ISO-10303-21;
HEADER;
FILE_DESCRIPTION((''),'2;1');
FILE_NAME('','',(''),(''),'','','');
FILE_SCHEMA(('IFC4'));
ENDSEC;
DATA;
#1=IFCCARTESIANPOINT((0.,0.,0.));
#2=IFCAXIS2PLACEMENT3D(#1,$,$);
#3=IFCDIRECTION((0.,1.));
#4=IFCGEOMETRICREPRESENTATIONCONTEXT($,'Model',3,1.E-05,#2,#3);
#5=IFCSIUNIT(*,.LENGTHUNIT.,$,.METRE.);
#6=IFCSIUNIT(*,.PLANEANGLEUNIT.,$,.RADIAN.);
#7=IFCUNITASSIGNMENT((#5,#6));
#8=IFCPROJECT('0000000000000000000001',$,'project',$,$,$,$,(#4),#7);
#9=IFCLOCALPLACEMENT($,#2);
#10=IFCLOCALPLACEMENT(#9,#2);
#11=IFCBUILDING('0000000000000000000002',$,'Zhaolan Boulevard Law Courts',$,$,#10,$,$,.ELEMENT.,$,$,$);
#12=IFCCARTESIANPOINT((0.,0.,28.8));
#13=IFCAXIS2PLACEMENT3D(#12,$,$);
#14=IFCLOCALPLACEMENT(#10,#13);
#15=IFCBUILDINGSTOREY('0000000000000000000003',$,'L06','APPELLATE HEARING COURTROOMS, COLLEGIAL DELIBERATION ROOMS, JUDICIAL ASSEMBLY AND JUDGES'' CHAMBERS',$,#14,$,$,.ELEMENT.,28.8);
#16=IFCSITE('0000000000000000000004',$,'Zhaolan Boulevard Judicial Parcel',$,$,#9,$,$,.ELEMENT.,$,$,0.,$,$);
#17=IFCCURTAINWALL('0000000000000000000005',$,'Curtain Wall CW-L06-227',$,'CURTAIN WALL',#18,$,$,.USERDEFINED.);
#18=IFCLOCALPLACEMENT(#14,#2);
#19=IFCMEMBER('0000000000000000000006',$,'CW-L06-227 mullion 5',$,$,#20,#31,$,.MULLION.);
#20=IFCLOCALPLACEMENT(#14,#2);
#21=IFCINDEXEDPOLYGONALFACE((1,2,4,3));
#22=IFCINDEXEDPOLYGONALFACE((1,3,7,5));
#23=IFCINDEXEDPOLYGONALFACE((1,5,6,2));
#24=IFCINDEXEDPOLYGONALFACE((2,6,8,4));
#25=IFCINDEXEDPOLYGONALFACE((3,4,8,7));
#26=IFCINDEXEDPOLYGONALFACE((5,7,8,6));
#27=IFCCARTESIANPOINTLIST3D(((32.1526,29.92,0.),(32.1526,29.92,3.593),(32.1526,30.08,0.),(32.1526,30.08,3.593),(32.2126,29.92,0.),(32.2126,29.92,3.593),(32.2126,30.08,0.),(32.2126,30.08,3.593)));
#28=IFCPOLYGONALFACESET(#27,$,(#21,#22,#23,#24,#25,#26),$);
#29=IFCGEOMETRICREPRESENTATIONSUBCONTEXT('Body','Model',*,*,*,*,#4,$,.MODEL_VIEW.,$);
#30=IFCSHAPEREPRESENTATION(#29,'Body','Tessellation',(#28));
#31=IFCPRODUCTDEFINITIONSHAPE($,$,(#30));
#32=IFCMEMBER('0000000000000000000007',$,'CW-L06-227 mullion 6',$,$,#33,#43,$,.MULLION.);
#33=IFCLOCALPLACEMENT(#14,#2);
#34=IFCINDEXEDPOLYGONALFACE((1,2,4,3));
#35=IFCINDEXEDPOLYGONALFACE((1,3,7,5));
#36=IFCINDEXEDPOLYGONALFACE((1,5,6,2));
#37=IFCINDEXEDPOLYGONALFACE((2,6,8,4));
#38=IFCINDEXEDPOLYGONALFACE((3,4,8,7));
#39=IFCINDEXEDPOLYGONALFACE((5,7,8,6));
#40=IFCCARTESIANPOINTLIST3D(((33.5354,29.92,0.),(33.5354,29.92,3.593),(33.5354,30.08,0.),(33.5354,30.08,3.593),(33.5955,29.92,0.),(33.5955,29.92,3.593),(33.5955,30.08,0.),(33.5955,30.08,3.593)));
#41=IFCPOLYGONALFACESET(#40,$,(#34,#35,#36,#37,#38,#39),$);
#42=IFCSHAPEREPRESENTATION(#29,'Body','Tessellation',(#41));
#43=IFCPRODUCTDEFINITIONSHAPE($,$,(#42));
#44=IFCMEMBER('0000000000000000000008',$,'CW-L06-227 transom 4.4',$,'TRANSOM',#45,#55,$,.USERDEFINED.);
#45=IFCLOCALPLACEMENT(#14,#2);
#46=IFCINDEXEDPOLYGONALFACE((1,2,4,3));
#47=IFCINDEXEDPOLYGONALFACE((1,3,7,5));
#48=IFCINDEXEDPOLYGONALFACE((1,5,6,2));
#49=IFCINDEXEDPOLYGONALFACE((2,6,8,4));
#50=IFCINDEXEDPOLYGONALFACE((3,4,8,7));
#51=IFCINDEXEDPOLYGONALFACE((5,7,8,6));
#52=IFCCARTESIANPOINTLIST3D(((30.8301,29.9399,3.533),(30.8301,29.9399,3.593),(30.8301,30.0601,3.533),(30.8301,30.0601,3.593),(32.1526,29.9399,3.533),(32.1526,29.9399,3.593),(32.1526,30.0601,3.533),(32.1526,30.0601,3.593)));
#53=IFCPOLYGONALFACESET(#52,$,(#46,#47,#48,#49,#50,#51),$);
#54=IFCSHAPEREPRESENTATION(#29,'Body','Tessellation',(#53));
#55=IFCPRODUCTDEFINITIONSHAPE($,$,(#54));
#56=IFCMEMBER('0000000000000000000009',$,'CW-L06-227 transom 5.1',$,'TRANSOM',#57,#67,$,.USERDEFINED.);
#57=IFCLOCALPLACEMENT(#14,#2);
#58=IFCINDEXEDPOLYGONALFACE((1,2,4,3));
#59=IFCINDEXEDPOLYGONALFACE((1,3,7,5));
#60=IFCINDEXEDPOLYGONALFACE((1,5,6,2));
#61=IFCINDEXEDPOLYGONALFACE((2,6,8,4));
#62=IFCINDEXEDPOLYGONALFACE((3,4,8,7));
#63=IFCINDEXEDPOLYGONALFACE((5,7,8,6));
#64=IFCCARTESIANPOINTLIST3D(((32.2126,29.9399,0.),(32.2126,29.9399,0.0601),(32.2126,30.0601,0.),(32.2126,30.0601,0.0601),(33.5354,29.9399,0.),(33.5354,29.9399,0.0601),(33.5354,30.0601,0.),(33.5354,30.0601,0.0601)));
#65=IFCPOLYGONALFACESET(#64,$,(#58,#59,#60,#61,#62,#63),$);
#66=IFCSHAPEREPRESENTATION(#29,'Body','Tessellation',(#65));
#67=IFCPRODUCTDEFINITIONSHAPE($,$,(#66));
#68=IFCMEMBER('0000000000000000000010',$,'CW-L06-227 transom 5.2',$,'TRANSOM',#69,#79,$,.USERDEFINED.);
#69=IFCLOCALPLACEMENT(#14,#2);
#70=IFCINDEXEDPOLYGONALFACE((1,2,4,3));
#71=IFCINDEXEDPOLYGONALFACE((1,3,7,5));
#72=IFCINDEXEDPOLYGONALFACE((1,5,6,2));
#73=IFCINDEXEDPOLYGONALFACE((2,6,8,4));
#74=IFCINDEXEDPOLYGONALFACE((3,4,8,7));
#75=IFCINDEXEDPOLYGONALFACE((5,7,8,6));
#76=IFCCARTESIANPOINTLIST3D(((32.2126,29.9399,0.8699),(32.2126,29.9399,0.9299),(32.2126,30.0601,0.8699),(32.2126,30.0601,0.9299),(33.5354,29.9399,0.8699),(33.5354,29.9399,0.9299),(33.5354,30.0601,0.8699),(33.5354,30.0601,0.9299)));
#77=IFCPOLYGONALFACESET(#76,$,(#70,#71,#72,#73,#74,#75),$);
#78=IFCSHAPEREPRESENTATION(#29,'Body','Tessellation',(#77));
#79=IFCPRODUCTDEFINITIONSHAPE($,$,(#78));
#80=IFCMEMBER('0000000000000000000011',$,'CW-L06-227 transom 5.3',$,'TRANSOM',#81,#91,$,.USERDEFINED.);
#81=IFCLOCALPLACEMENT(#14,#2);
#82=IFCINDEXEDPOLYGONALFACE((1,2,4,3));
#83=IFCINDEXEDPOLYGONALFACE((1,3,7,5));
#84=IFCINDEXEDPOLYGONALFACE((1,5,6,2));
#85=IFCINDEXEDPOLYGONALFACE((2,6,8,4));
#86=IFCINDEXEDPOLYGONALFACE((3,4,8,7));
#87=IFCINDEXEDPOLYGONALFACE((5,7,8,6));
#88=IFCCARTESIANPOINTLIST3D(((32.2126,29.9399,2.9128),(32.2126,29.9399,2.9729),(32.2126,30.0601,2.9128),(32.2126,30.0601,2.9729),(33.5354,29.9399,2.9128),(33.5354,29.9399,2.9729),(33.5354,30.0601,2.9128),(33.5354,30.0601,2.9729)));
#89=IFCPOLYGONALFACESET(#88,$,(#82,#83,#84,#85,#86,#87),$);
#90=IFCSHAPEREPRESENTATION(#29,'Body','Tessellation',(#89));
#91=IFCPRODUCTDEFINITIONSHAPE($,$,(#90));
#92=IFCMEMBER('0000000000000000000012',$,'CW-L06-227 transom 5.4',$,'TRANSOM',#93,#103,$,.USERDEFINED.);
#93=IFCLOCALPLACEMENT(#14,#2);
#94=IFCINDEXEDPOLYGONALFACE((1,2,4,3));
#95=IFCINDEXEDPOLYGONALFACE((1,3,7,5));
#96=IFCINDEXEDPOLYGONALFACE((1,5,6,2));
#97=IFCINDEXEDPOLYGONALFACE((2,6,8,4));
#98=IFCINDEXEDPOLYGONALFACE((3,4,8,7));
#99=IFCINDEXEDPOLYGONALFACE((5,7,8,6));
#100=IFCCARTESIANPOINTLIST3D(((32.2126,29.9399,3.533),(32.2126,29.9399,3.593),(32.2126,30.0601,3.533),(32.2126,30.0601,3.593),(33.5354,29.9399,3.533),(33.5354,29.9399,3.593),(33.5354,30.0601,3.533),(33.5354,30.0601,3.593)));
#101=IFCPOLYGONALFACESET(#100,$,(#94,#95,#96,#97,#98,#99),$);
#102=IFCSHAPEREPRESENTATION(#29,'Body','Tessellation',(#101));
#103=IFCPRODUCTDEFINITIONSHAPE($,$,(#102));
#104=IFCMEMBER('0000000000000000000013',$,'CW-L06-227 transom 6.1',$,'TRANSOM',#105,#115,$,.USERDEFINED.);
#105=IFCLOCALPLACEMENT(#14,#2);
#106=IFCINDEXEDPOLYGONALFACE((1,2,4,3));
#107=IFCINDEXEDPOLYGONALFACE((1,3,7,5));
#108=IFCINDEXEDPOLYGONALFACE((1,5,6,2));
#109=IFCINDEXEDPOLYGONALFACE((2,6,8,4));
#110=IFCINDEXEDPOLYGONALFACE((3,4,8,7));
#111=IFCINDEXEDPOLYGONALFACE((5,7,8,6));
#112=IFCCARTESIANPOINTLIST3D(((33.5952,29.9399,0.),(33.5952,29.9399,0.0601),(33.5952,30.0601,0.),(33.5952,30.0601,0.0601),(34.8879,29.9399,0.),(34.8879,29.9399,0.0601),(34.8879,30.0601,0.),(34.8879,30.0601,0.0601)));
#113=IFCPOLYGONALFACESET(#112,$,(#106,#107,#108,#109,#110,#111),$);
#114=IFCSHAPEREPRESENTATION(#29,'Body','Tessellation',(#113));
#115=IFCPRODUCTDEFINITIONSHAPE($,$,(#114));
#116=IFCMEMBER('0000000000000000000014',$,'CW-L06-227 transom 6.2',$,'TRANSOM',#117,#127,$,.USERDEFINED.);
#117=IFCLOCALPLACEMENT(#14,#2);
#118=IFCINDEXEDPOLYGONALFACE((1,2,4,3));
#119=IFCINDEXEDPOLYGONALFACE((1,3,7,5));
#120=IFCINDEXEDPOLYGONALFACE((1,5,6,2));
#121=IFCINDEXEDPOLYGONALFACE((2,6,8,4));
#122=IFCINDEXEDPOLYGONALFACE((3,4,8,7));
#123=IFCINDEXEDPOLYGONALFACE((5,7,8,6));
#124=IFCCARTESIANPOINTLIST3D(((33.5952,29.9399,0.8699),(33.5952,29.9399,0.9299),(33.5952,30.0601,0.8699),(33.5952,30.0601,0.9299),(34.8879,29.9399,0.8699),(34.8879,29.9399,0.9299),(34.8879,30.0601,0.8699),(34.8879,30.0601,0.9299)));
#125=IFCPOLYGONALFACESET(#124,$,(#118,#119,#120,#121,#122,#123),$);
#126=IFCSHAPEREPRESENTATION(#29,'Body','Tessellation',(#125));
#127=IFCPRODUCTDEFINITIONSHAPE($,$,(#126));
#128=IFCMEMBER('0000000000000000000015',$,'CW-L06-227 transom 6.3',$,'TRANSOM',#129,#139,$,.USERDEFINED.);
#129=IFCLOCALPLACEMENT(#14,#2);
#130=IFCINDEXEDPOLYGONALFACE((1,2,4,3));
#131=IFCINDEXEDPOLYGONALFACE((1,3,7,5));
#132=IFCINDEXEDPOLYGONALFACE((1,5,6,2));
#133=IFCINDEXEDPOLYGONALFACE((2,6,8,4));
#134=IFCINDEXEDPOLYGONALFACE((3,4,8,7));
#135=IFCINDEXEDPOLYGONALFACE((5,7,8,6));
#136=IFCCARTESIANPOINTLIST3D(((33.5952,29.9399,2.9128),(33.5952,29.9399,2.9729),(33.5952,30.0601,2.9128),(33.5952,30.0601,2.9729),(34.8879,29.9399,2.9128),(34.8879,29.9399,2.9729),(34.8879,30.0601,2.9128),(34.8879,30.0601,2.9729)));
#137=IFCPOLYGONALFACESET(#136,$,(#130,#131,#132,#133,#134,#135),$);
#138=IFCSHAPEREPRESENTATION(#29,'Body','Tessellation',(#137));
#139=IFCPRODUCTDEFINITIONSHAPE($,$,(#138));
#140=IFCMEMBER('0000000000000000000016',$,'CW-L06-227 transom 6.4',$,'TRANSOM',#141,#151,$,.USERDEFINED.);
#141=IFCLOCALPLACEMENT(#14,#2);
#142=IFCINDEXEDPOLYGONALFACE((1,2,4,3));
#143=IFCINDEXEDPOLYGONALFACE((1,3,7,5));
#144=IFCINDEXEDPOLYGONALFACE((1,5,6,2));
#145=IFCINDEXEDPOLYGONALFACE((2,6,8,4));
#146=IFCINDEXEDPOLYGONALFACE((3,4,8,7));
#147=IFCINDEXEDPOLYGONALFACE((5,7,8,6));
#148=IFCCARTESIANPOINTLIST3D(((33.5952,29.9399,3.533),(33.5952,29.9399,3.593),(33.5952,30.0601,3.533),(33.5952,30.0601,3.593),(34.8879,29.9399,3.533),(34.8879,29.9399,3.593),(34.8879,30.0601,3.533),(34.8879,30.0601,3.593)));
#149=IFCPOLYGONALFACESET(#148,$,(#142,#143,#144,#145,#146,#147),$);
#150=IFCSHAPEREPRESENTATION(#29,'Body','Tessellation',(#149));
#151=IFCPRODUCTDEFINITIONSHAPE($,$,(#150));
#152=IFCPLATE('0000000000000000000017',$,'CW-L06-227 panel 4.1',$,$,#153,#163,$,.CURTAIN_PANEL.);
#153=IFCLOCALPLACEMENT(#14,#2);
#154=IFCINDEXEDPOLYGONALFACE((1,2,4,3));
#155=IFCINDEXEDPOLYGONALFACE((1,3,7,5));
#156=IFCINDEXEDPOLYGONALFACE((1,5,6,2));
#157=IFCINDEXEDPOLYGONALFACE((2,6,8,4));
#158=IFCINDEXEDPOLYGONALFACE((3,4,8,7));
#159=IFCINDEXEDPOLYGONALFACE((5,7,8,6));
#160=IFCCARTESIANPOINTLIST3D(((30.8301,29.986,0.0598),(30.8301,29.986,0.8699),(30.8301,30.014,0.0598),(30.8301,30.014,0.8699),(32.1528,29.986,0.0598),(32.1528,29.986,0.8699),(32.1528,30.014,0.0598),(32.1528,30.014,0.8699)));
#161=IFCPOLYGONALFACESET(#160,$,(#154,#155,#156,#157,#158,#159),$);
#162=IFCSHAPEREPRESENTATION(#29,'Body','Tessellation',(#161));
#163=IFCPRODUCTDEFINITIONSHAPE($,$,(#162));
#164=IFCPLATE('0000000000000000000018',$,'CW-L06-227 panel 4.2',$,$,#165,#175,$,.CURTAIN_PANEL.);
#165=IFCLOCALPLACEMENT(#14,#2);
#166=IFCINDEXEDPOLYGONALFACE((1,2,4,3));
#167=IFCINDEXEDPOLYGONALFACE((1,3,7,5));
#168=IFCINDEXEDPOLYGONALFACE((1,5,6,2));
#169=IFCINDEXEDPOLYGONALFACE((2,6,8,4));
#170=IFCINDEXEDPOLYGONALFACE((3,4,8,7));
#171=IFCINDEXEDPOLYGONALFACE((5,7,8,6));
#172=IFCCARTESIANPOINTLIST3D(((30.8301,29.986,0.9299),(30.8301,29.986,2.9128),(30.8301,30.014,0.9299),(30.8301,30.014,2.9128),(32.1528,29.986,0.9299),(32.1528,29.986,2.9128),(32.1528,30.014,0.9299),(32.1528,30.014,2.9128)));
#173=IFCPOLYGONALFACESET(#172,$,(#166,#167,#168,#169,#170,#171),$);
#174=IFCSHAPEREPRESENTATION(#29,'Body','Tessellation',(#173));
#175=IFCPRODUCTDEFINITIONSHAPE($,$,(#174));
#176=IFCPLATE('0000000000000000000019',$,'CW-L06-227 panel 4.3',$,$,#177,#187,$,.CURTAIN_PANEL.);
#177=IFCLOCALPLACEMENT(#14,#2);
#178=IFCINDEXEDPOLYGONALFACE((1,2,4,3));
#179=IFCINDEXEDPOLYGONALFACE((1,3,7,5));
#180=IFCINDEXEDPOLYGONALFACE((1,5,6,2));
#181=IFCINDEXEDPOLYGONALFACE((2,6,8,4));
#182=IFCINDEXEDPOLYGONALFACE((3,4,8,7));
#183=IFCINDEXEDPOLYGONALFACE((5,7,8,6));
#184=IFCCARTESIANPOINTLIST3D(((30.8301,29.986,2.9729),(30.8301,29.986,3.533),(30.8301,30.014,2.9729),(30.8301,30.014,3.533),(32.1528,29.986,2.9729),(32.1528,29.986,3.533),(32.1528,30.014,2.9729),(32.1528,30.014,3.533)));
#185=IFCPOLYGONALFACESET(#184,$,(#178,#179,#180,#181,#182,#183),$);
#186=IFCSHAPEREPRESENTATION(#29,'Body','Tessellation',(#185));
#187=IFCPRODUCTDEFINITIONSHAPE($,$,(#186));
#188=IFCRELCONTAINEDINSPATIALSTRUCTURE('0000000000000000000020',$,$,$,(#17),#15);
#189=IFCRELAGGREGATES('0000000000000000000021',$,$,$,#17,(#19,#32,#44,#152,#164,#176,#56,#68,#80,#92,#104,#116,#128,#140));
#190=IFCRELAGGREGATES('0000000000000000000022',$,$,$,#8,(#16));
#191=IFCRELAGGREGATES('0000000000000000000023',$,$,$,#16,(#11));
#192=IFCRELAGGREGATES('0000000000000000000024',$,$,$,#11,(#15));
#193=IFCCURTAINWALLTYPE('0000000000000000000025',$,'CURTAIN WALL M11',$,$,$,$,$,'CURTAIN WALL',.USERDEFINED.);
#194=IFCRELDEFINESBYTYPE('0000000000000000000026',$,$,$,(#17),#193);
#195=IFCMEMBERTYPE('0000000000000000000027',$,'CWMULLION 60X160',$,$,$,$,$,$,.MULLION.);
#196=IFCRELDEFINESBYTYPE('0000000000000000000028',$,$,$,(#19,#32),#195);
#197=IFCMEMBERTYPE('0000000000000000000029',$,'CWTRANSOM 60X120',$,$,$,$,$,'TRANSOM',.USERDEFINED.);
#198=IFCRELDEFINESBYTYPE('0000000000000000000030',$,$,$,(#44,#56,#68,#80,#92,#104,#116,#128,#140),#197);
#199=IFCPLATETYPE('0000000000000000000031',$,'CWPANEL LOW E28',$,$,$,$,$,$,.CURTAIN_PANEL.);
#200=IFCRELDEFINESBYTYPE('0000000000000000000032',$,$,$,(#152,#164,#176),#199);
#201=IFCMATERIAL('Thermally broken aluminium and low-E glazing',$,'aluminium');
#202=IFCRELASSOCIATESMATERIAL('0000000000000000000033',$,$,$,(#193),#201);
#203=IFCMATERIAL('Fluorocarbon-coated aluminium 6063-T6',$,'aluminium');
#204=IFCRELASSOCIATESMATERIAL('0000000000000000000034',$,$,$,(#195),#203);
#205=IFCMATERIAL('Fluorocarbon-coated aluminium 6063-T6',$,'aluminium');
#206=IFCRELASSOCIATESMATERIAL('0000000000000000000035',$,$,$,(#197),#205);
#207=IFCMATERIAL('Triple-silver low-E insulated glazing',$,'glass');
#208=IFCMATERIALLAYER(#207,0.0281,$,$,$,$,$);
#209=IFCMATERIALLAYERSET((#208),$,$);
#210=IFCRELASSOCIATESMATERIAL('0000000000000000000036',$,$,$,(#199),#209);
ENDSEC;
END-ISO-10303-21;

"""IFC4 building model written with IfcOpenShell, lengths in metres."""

from ifc_helpers import new_model, si_unit, direction, frame, origin, origin_2d, place, context, subcontext, project, spatial, rectangle, extrude, material, layer, layer_set, material_profile, profile_set, type_object, element, aggregate, save


model = new_model("IFC4")

# Units and contexts
model_context = context("Model", 3, precision=1e-05, world=origin(), true_north=direction((0.0, 1.0)))
body_context = subcontext(model_context, "Body", "Model", "MODEL_VIEW")
ifc_project = project(units=[si_unit("LENGTHUNIT", "METRE"), si_unit("PLANEANGLEUNIT", "RADIAN")], contexts=[model_context])

# Site, building, storey
site_placement = place(None, origin())
site = spatial("IfcSite", under=ifc_project, at=site_placement, Name="Zhaolan Boulevard Judicial Parcel", CompositionType="ELEMENT", RefElevation=0.0)
building_placement = place(site_placement, origin())
building = spatial("IfcBuilding", under=site, at=building_placement, Name="Zhaolan Boulevard Law Courts", CompositionType="ELEMENT")
storey_placement = place(building_placement, frame((0.0, 0.0, 28.8)))
storey = spatial("IfcBuildingStorey", under=building, at=storey_placement, Name="L06", Description="APPELLATE HEARING COURTROOMS, COLLEGIAL DELIBERATION ROOMS, JUDICIAL ASSEMBLY AND JUDGES' CHAMBERS", CompositionType="ELEMENT", Elevation=28.8)

# Curtain wall, members, plates
ifc_material_1 = material(Name="Thermally broken aluminium and low-E glazing", Category="aluminium")
curtain_wall_type = type_object("IfcCurtainWallType", Name="CURTAIN WALL M11", ElementType="CURTAIN WALL", PredefinedType="USERDEFINED", material=ifc_material_1)
curtain_wall_placement = place(storey_placement, origin())
curtain_wall = element("IfcCurtainWall", 1, at=curtain_wall_placement, inside=storey, type_object=curtain_wall_type, Name="Curtain Wall CW-L06-227", ObjectType="CURTAIN WALL", PredefinedType="USERDEFINED")
ifc_material_2 = material(Name="Fluorocarbon-coated aluminium 6063-T6", Category="aluminium")
ifc_material_profile_1 = material_profile(ifc_material_2, rectangle(XDim=0.1599, YDim=0.0601, at=origin_2d()), Name="AL60x160")
ifc_profile_set_1 = profile_set([ifc_material_profile_1], Name="Fluorocarbon-coated aluminium 6063-T6")
member_type_1 = type_object("IfcMemberType", Name="CWMULLION 60X160", PredefinedType="MULLION", material=ifc_profile_set_1)
member_1_placement = place(storey_placement, frame((32.1826, 30.0, 0.0), z_axis=(0.0, 0.0, 1.0), x_axis=(0.0, 1.0, 0.0)))
member_1 = element("IfcMember", 2, at=member_1_placement, type_object=member_type_1, Name="CW-L06-227 mullion 5", PredefinedType="MULLION", context=body_context, shape_type="SweptSolid", body=[
    extrude(rectangle(XDim=0.1599, YDim=0.0601, at=origin_2d()), origin(), (0.0, 0.0, 1.0), 3.593),
])
member_2_placement = place(storey_placement, frame((33.5654, 30.0, 0.0), z_axis=(0.0, 0.0, 1.0), x_axis=(0.0, 1.0, 0.0)))
member_2 = element("IfcMember", 3, at=member_2_placement, type_object=member_type_1, Name="CW-L06-227 mullion 6", PredefinedType="MULLION", context=body_context, shape_type="SweptSolid", body=[
    extrude(rectangle(XDim=0.1599, YDim=0.0601, at=origin_2d()), origin(), (0.0, 0.0, 1.0), 3.593),
])
ifc_material_3 = material(Name="Fluorocarbon-coated aluminium 6063-T6", Category="aluminium")
ifc_material_profile_2 = material_profile(ifc_material_3, rectangle(XDim=0.1201, YDim=0.0601, at=origin_2d()), Name="AL60x120")
ifc_profile_set_2 = profile_set([ifc_material_profile_2], Name="Fluorocarbon-coated aluminium 6063-T6")
member_type_2 = type_object("IfcMemberType", Name="CWTRANSOM 60X120", ElementType="TRANSOM", PredefinedType="USERDEFINED", material=ifc_profile_set_2)
member_3_placement = place(storey_placement, frame((30.8301, 30.0, 3.563), z_axis=(1.0, 0.0, 0.0), x_axis=(0.0, 1.0, 0.0)))
member_3 = element("IfcMember", 4, at=member_3_placement, type_object=member_type_2, Name="CW-L06-227 transom 4.4", ObjectType="TRANSOM", PredefinedType="USERDEFINED", context=body_context, shape_type="SweptSolid", body=[
    extrude(rectangle(XDim=0.1201, YDim=0.0601, at=origin_2d()), origin(), (0.0, 0.0, 1.0), 1.3225),
])
member_4_placement = place(storey_placement, frame((32.2126, 30.0, 0.03), z_axis=(1.0, 0.0, 0.0), x_axis=(0.0, 1.0, 0.0)))
member_4 = element("IfcMember", 5, at=member_4_placement, type_object=member_type_2, Name="CW-L06-227 transom 5.1", ObjectType="TRANSOM", PredefinedType="USERDEFINED", context=body_context, shape_type="SweptSolid", body=[
    extrude(rectangle(XDim=0.1201, YDim=0.0601, at=origin_2d()), origin(), (0.0, 0.0, 1.0), 1.3228),
])
member_5_placement = place(storey_placement, frame((32.2126, 30.0, 0.8999), z_axis=(1.0, 0.0, 0.0), x_axis=(0.0, 1.0, 0.0)))
member_5 = element("IfcMember", 6, at=member_5_placement, type_object=member_type_2, Name="CW-L06-227 transom 5.2", ObjectType="TRANSOM", PredefinedType="USERDEFINED", context=body_context, shape_type="SweptSolid", body=[
    extrude(rectangle(XDim=0.1201, YDim=0.0601, at=origin_2d()), origin(), (0.0, 0.0, 1.0), 1.3228),
])
member_6_placement = place(storey_placement, frame((32.2126, 30.0, 2.9429), z_axis=(1.0, 0.0, 0.0), x_axis=(0.0, 1.0, 0.0)))
member_6 = element("IfcMember", 7, at=member_6_placement, type_object=member_type_2, Name="CW-L06-227 transom 5.3", ObjectType="TRANSOM", PredefinedType="USERDEFINED", context=body_context, shape_type="SweptSolid", body=[
    extrude(rectangle(XDim=0.1201, YDim=0.0601, at=origin_2d()), origin(), (0.0, 0.0, 1.0), 1.3228),
])
member_7_placement = place(storey_placement, frame((32.2126, 30.0, 3.563), z_axis=(1.0, 0.0, 0.0), x_axis=(0.0, 1.0, 0.0)))
member_7 = element("IfcMember", 8, at=member_7_placement, type_object=member_type_2, Name="CW-L06-227 transom 5.4", ObjectType="TRANSOM", PredefinedType="USERDEFINED", context=body_context, shape_type="SweptSolid", body=[
    extrude(rectangle(XDim=0.1201, YDim=0.0601, at=origin_2d()), origin(), (0.0, 0.0, 1.0), 1.3228),
])
member_8_placement = place(storey_placement, frame((33.5952, 30.0, 0.03), z_axis=(1.0, 0.0, 0.0), x_axis=(0.0, 1.0, 0.0)))
member_8 = element("IfcMember", 9, at=member_8_placement, type_object=member_type_2, Name="CW-L06-227 transom 6.1", ObjectType="TRANSOM", PredefinedType="USERDEFINED", context=body_context, shape_type="SweptSolid", body=[
    extrude(rectangle(XDim=0.1201, YDim=0.0601, at=origin_2d()), origin(), (0.0, 0.0, 1.0), 1.2927),
])
member_9_placement = place(storey_placement, frame((33.5952, 30.0, 0.8999), z_axis=(1.0, 0.0, 0.0), x_axis=(0.0, 1.0, 0.0)))
member_9 = element("IfcMember", 10, at=member_9_placement, type_object=member_type_2, Name="CW-L06-227 transom 6.2", ObjectType="TRANSOM", PredefinedType="USERDEFINED", context=body_context, shape_type="SweptSolid", body=[
    extrude(rectangle(XDim=0.1201, YDim=0.0601, at=origin_2d()), origin(), (0.0, 0.0, 1.0), 1.2927),
])
member_10_placement = place(storey_placement, frame((33.5952, 30.0, 2.9429), z_axis=(1.0, 0.0, 0.0), x_axis=(0.0, 1.0, 0.0)))
member_10 = element("IfcMember", 11, at=member_10_placement, type_object=member_type_2, Name="CW-L06-227 transom 6.3", ObjectType="TRANSOM", PredefinedType="USERDEFINED", context=body_context, shape_type="SweptSolid", body=[
    extrude(rectangle(XDim=0.1201, YDim=0.0601, at=origin_2d()), origin(), (0.0, 0.0, 1.0), 1.2927),
])
member_11_placement = place(storey_placement, frame((33.5952, 30.0, 3.563), z_axis=(1.0, 0.0, 0.0), x_axis=(0.0, 1.0, 0.0)))
member_11 = element("IfcMember", 12, at=member_11_placement, type_object=member_type_2, Name="CW-L06-227 transom 6.4", ObjectType="TRANSOM", PredefinedType="USERDEFINED", context=body_context, shape_type="SweptSolid", body=[
    extrude(rectangle(XDim=0.1201, YDim=0.0601, at=origin_2d()), origin(), (0.0, 0.0, 1.0), 1.2927),
])
ifc_material_4 = material(Name="Triple-silver low-E insulated glazing", Category="glass")
ifc_layer_1 = layer(ifc_material_4, 0.0281)
ifc_layer_set_1 = layer_set([ifc_layer_1])
plate_type = type_object("IfcPlateType", Name="CWPANEL LOW E28", PredefinedType="CURTAIN_PANEL", material=ifc_layer_set_1)
plate_1_placement = place(storey_placement, frame((31.4915, 30.0, 0.0598), z_axis=(0.0, 0.0, 1.0), x_axis=(1.0, 0.0, 0.0)))
plate_1 = element("IfcPlate", 13, at=plate_1_placement, type_object=plate_type, Name="CW-L06-227 panel 4.1", PredefinedType="CURTAIN_PANEL", context=body_context, shape_type="SweptSolid", body=[
    extrude(rectangle(XDim=1.3228, YDim=0.0281, at=origin_2d()), origin(), (0.0, 0.0, 1.0), 0.8101),
])
plate_2_placement = place(storey_placement, frame((31.4915, 30.0, 0.9299), z_axis=(0.0, 0.0, 1.0), x_axis=(1.0, 0.0, 0.0)))
plate_2 = element("IfcPlate", 14, at=plate_2_placement, type_object=plate_type, Name="CW-L06-227 panel 4.2", PredefinedType="CURTAIN_PANEL", context=body_context, shape_type="SweptSolid", body=[
    extrude(rectangle(XDim=1.3228, YDim=0.0281, at=origin_2d()), origin(), (0.0, 0.0, 1.0), 1.9829),
])
plate_3_placement = place(storey_placement, frame((31.4915, 30.0, 2.9729), z_axis=(0.0, 0.0, 1.0), x_axis=(1.0, 0.0, 0.0)))
plate_3 = element("IfcPlate", 15, at=plate_3_placement, type_object=plate_type, Name="CW-L06-227 panel 4.3", PredefinedType="CURTAIN_PANEL", context=body_context, shape_type="SweptSolid", body=[
    extrude(rectangle(XDim=1.3228, YDim=0.0281, at=origin_2d()), origin(), (0.0, 0.0, 1.0), 0.5601),
])
aggregate(curtain_wall, [member_1, member_2, member_3, plate_1, plate_2, plate_3, member_4, member_5, member_6, member_7, member_8, member_9, member_10, member_11])

save(model, "model.ifc")
